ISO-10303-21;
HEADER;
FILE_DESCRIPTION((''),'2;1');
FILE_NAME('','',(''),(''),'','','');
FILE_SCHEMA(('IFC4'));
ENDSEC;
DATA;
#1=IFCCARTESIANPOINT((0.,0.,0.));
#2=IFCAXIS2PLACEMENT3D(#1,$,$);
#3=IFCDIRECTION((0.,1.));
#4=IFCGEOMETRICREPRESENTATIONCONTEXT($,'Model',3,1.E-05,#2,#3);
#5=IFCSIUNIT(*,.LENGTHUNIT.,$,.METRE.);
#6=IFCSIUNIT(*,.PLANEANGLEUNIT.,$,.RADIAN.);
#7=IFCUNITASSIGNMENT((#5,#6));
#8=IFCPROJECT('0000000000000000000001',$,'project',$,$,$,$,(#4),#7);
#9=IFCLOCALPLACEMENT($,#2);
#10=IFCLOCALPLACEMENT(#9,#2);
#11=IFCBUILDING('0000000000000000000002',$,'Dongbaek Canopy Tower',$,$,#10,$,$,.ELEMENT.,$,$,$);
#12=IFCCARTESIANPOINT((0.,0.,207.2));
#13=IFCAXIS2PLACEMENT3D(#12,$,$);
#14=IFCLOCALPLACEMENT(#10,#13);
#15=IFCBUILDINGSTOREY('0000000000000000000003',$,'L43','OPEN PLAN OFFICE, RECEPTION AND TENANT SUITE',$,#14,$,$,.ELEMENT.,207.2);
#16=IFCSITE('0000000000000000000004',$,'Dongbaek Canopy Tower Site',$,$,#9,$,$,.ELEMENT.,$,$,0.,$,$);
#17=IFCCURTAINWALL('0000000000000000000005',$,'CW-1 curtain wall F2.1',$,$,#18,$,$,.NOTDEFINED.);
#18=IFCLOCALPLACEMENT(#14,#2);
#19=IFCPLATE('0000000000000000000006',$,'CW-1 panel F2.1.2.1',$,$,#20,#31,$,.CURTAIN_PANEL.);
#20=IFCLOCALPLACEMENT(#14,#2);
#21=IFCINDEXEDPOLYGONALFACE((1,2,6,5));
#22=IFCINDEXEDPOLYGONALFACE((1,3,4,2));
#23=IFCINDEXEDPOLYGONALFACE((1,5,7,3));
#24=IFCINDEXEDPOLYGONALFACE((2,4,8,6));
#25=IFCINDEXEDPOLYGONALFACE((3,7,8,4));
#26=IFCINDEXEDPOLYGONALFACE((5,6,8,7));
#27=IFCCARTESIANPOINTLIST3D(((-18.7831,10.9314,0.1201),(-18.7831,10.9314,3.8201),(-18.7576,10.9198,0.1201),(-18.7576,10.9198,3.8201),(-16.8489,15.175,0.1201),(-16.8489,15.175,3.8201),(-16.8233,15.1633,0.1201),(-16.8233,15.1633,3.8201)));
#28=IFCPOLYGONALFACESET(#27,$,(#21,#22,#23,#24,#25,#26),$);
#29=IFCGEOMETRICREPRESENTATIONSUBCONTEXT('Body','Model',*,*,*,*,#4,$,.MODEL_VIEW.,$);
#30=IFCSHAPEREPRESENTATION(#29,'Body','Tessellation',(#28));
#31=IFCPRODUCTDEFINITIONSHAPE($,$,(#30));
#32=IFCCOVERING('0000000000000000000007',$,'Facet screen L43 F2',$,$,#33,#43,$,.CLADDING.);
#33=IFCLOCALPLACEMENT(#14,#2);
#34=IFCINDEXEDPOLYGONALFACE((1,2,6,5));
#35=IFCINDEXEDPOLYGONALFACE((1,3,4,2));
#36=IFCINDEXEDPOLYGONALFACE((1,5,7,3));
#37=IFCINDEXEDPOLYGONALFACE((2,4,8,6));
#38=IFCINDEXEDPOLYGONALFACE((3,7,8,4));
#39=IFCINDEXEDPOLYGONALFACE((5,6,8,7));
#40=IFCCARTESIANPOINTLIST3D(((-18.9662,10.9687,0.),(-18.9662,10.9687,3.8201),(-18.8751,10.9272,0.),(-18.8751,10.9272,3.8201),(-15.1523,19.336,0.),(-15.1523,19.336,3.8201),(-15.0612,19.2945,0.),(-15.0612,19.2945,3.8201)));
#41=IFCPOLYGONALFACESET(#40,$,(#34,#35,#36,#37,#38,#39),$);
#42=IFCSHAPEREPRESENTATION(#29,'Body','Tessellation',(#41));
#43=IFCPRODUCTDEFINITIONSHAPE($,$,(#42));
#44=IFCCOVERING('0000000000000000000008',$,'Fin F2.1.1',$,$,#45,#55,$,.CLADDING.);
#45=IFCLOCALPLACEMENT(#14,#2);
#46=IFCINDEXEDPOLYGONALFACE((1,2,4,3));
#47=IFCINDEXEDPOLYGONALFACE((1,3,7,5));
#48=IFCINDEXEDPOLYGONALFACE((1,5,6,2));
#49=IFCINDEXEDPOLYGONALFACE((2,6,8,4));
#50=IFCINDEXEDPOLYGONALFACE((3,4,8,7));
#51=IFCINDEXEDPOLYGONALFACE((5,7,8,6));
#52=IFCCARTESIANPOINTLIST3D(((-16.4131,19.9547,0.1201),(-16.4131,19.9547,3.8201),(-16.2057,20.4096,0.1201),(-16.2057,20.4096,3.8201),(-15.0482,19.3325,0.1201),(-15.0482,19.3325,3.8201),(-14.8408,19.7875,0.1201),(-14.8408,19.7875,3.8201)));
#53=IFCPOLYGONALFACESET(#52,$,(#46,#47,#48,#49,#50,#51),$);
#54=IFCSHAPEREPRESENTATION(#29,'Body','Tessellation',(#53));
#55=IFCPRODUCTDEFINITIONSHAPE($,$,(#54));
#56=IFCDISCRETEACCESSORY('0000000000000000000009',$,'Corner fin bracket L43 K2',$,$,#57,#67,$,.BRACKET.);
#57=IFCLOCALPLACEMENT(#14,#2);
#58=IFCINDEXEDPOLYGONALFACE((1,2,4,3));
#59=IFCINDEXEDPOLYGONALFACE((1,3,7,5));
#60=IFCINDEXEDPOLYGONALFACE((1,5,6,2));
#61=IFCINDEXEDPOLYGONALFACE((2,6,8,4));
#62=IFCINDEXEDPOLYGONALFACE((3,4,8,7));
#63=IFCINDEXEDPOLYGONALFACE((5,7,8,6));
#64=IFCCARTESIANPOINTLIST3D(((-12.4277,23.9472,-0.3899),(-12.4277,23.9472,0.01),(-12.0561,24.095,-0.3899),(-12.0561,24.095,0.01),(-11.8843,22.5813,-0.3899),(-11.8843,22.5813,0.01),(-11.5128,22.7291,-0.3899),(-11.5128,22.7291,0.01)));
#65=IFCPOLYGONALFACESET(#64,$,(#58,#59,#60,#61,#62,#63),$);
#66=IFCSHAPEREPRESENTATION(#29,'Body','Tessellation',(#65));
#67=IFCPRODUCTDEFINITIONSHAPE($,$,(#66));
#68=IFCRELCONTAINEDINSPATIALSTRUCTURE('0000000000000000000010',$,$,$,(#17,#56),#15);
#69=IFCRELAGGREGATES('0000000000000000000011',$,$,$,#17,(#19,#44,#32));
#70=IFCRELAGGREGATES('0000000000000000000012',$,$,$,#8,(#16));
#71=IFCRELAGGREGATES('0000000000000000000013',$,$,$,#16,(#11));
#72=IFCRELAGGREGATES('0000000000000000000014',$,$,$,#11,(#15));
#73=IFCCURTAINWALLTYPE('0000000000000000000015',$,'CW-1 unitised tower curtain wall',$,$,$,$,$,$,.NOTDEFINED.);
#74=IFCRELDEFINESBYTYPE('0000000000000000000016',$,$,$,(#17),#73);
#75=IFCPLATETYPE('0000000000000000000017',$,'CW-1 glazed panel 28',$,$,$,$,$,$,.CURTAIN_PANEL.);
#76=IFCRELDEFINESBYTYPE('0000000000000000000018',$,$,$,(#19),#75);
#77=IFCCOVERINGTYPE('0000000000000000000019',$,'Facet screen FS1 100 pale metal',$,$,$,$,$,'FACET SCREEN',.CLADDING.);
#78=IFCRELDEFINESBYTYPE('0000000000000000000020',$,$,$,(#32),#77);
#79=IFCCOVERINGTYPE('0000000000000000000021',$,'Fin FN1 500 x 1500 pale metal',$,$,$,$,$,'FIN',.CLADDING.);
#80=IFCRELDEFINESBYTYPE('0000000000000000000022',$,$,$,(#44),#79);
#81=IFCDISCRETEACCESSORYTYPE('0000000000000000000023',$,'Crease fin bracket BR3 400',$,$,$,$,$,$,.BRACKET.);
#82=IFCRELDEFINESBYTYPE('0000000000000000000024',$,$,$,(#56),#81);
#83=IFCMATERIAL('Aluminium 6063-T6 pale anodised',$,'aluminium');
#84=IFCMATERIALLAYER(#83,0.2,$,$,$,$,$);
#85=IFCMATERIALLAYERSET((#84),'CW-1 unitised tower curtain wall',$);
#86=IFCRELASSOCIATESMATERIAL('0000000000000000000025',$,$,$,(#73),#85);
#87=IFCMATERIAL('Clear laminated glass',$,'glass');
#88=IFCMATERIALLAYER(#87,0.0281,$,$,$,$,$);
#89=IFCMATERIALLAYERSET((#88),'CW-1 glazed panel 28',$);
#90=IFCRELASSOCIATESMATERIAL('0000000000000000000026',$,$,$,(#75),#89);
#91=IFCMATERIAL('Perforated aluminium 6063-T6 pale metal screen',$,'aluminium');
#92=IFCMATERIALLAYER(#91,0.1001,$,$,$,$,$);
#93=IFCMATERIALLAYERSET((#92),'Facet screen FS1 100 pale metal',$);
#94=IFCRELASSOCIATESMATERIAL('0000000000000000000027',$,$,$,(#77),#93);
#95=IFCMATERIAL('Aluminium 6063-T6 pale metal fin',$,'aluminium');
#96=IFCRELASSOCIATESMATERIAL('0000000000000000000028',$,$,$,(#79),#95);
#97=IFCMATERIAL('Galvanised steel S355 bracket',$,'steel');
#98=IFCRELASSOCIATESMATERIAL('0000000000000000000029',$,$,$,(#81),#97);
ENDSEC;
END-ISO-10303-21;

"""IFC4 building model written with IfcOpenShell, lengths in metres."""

from ifc_helpers import new_model, si_unit, direction, frame, origin, origin_2d, place, context, subcontext, project, spatial, rectangle, extrude, material, layer, layer_set, material_profile, profile_set, type_object, element, aggregate, save


model = new_model("IFC4")

# Units and contexts
model_context = context("Model", 3, precision=1e-05, world=origin(), true_north=direction((0.0, 1.0)))
body_context = subcontext(model_context, "Body", "Model", "MODEL_VIEW")
ifc_project = project(units=[si_unit("LENGTHUNIT", "METRE"), si_unit("PLANEANGLEUNIT", "RADIAN")], contexts=[model_context])

# Site, building, storey
site_placement = place(None, origin())
site = spatial("IfcSite", under=ifc_project, at=site_placement, Name="Dongbaek Canopy Tower Site", CompositionType="ELEMENT", RefElevation=0.0)
building_placement = place(site_placement, origin())
building = spatial("IfcBuilding", under=site, at=building_placement, Name="Dongbaek Canopy Tower", CompositionType="ELEMENT")
storey_placement = place(building_placement, frame((0.0, 0.0, 207.2)))
storey = spatial("IfcBuildingStorey", under=building, at=storey_placement, Name="L43", Description="OPEN PLAN OFFICE, RECEPTION AND TENANT SUITE", CompositionType="ELEMENT", Elevation=207.2)

# Curtain wall
ifc_material_1 = material(Name="Aluminium 6063-T6 pale anodised", Category="aluminium")
ifc_layer_1 = layer(ifc_material_1, 0.2)
ifc_layer_set_1 = layer_set([ifc_layer_1], Name="CW-1 unitised tower curtain wall")
curtain_wall_type = type_object("IfcCurtainWallType", Name="CW-1 unitised tower curtain wall", PredefinedType="NOTDEFINED", material=ifc_layer_set_1)
curtain_wall_1_placement = place(storey_placement, origin())
curtain_wall_1 = element("IfcCurtainWall", 1, at=curtain_wall_1_placement, inside=storey, type_object=curtain_wall_type, Name="CW-1 curtain wall F2.1", PredefinedType="NOTDEFINED")

# Plate
ifc_material_2 = material(Name="Clear laminated glass", Category="glass")
ifc_layer_2 = layer(ifc_material_2, 0.0281)
ifc_layer_set_2 = layer_set([ifc_layer_2], Name="CW-1 glazed panel 28")
plate_type = type_object("IfcPlateType", Name="CW-1 glazed panel 28", PredefinedType="CURTAIN_PANEL", material=ifc_layer_set_2)
plate_1_placement = place(storey_placement, frame((-17.8032, 13.0474, 0.1201), z_axis=(0.0, 0.0, 1.0), x_axis=(-0.414755, -0.909933, 0.0)))
plate_1 = element("IfcPlate", 2, at=plate_1_placement, type_object=plate_type, Name="CW-1 panel F2.1.2.1", PredefinedType="CURTAIN_PANEL", context=body_context, shape_type="SweptSolid", body=[
    extrude(rectangle(XDim=4.6636, YDim=0.0281, at=origin_2d()), origin(), (0.0, 0.0, 1.0), 3.7),
])

# Coverings
ifc_material_3 = material(Name="Perforated aluminium 6063-T6 pale metal screen", Category="aluminium")
ifc_layer_3 = layer(ifc_material_3, 0.1001)
ifc_layer_set_3 = layer_set([ifc_layer_3], Name="Facet screen FS1 100 pale metal")
covering_type_1 = type_object("IfcCoveringType", Name="Facet screen FS1 100 pale metal", ElementType="FACET SCREEN", PredefinedType="CLADDING", material=ifc_layer_set_3)
covering_1_placement = place(storey_placement, frame((-17.0137, 15.1316, 0.0), z_axis=(0.0, 0.0, 1.0), x_axis=(-0.414755, -0.909933, 0.0)))
covering_1 = element("IfcCovering", 3, at=covering_1_placement, type_object=covering_type_1, Name="Facet screen L43 F2", PredefinedType="CLADDING", context=body_context, shape_type="SweptSolid", body=[
    extrude(rectangle(XDim=9.1956, YDim=0.1001, at=origin_2d()), origin(), (0.0, 0.0, 1.0), 3.8201),
])
ifc_material_4 = material(Name="Aluminium 6063-T6 pale metal fin", Category="aluminium")
ifc_material_profile_1 = material_profile(ifc_material_4, rectangle(XDim=1.5, YDim=0.5, at=origin_2d()), Name="Fin FN1 500 x 1500 pale metal")
ifc_profile_set_1 = profile_set([ifc_material_profile_1], Name="Aluminium 6063-T6 pale metal fin")
covering_type_2 = type_object("IfcCoveringType", Name="Fin FN1 500 x 1500 pale metal", ElementType="FIN", PredefinedType="CLADDING", material=ifc_profile_set_1)
covering_2_placement = place(storey_placement, frame((-15.627, 19.8711, 0.1201), z_axis=(0.0, 0.0, 1.0), x_axis=(-0.909933, 0.414755, 0.0)))
covering_2 = element("IfcCovering", 4, at=covering_2_placement, type_object=covering_type_2, Name="Fin F2.1.1", PredefinedType="CLADDING", context=body_context, shape_type="SweptSolid", body=[
    extrude(rectangle(XDim=1.5, YDim=0.5, at=origin_2d()), origin(), (0.0, 0.0, 1.0), 3.7),
])
aggregate(curtain_wall_1, [plate_1, covering_2, covering_1])

# Discrete accessory
ifc_material_5 = material(Name="Galvanised steel S355 bracket", Category="steel")
discrete_accessory_type = type_object("IfcDiscreteAccessoryType", Name="Crease fin bracket BR3 400", PredefinedType="BRACKET", material=ifc_material_5)
discrete_accessory_placement = place(storey_placement, frame((-11.9702, 23.3381, -0.3899), z_axis=(0.0, 0.0, 1.0), x_axis=(-0.369611, 0.929187, 0.0)))
element("IfcDiscreteAccessory", 5, at=discrete_accessory_placement, inside=storey, type_object=discrete_accessory_type, Name="Corner fin bracket L43 K2", PredefinedType="BRACKET", context=body_context, shape_type="SweptSolid", body=[
    extrude(rectangle(XDim=1.47, YDim=0.3999, at=origin_2d()), origin(), (0.0, 0.0, 1.0), 0.3999),
])

save(model, "model.ifc")
